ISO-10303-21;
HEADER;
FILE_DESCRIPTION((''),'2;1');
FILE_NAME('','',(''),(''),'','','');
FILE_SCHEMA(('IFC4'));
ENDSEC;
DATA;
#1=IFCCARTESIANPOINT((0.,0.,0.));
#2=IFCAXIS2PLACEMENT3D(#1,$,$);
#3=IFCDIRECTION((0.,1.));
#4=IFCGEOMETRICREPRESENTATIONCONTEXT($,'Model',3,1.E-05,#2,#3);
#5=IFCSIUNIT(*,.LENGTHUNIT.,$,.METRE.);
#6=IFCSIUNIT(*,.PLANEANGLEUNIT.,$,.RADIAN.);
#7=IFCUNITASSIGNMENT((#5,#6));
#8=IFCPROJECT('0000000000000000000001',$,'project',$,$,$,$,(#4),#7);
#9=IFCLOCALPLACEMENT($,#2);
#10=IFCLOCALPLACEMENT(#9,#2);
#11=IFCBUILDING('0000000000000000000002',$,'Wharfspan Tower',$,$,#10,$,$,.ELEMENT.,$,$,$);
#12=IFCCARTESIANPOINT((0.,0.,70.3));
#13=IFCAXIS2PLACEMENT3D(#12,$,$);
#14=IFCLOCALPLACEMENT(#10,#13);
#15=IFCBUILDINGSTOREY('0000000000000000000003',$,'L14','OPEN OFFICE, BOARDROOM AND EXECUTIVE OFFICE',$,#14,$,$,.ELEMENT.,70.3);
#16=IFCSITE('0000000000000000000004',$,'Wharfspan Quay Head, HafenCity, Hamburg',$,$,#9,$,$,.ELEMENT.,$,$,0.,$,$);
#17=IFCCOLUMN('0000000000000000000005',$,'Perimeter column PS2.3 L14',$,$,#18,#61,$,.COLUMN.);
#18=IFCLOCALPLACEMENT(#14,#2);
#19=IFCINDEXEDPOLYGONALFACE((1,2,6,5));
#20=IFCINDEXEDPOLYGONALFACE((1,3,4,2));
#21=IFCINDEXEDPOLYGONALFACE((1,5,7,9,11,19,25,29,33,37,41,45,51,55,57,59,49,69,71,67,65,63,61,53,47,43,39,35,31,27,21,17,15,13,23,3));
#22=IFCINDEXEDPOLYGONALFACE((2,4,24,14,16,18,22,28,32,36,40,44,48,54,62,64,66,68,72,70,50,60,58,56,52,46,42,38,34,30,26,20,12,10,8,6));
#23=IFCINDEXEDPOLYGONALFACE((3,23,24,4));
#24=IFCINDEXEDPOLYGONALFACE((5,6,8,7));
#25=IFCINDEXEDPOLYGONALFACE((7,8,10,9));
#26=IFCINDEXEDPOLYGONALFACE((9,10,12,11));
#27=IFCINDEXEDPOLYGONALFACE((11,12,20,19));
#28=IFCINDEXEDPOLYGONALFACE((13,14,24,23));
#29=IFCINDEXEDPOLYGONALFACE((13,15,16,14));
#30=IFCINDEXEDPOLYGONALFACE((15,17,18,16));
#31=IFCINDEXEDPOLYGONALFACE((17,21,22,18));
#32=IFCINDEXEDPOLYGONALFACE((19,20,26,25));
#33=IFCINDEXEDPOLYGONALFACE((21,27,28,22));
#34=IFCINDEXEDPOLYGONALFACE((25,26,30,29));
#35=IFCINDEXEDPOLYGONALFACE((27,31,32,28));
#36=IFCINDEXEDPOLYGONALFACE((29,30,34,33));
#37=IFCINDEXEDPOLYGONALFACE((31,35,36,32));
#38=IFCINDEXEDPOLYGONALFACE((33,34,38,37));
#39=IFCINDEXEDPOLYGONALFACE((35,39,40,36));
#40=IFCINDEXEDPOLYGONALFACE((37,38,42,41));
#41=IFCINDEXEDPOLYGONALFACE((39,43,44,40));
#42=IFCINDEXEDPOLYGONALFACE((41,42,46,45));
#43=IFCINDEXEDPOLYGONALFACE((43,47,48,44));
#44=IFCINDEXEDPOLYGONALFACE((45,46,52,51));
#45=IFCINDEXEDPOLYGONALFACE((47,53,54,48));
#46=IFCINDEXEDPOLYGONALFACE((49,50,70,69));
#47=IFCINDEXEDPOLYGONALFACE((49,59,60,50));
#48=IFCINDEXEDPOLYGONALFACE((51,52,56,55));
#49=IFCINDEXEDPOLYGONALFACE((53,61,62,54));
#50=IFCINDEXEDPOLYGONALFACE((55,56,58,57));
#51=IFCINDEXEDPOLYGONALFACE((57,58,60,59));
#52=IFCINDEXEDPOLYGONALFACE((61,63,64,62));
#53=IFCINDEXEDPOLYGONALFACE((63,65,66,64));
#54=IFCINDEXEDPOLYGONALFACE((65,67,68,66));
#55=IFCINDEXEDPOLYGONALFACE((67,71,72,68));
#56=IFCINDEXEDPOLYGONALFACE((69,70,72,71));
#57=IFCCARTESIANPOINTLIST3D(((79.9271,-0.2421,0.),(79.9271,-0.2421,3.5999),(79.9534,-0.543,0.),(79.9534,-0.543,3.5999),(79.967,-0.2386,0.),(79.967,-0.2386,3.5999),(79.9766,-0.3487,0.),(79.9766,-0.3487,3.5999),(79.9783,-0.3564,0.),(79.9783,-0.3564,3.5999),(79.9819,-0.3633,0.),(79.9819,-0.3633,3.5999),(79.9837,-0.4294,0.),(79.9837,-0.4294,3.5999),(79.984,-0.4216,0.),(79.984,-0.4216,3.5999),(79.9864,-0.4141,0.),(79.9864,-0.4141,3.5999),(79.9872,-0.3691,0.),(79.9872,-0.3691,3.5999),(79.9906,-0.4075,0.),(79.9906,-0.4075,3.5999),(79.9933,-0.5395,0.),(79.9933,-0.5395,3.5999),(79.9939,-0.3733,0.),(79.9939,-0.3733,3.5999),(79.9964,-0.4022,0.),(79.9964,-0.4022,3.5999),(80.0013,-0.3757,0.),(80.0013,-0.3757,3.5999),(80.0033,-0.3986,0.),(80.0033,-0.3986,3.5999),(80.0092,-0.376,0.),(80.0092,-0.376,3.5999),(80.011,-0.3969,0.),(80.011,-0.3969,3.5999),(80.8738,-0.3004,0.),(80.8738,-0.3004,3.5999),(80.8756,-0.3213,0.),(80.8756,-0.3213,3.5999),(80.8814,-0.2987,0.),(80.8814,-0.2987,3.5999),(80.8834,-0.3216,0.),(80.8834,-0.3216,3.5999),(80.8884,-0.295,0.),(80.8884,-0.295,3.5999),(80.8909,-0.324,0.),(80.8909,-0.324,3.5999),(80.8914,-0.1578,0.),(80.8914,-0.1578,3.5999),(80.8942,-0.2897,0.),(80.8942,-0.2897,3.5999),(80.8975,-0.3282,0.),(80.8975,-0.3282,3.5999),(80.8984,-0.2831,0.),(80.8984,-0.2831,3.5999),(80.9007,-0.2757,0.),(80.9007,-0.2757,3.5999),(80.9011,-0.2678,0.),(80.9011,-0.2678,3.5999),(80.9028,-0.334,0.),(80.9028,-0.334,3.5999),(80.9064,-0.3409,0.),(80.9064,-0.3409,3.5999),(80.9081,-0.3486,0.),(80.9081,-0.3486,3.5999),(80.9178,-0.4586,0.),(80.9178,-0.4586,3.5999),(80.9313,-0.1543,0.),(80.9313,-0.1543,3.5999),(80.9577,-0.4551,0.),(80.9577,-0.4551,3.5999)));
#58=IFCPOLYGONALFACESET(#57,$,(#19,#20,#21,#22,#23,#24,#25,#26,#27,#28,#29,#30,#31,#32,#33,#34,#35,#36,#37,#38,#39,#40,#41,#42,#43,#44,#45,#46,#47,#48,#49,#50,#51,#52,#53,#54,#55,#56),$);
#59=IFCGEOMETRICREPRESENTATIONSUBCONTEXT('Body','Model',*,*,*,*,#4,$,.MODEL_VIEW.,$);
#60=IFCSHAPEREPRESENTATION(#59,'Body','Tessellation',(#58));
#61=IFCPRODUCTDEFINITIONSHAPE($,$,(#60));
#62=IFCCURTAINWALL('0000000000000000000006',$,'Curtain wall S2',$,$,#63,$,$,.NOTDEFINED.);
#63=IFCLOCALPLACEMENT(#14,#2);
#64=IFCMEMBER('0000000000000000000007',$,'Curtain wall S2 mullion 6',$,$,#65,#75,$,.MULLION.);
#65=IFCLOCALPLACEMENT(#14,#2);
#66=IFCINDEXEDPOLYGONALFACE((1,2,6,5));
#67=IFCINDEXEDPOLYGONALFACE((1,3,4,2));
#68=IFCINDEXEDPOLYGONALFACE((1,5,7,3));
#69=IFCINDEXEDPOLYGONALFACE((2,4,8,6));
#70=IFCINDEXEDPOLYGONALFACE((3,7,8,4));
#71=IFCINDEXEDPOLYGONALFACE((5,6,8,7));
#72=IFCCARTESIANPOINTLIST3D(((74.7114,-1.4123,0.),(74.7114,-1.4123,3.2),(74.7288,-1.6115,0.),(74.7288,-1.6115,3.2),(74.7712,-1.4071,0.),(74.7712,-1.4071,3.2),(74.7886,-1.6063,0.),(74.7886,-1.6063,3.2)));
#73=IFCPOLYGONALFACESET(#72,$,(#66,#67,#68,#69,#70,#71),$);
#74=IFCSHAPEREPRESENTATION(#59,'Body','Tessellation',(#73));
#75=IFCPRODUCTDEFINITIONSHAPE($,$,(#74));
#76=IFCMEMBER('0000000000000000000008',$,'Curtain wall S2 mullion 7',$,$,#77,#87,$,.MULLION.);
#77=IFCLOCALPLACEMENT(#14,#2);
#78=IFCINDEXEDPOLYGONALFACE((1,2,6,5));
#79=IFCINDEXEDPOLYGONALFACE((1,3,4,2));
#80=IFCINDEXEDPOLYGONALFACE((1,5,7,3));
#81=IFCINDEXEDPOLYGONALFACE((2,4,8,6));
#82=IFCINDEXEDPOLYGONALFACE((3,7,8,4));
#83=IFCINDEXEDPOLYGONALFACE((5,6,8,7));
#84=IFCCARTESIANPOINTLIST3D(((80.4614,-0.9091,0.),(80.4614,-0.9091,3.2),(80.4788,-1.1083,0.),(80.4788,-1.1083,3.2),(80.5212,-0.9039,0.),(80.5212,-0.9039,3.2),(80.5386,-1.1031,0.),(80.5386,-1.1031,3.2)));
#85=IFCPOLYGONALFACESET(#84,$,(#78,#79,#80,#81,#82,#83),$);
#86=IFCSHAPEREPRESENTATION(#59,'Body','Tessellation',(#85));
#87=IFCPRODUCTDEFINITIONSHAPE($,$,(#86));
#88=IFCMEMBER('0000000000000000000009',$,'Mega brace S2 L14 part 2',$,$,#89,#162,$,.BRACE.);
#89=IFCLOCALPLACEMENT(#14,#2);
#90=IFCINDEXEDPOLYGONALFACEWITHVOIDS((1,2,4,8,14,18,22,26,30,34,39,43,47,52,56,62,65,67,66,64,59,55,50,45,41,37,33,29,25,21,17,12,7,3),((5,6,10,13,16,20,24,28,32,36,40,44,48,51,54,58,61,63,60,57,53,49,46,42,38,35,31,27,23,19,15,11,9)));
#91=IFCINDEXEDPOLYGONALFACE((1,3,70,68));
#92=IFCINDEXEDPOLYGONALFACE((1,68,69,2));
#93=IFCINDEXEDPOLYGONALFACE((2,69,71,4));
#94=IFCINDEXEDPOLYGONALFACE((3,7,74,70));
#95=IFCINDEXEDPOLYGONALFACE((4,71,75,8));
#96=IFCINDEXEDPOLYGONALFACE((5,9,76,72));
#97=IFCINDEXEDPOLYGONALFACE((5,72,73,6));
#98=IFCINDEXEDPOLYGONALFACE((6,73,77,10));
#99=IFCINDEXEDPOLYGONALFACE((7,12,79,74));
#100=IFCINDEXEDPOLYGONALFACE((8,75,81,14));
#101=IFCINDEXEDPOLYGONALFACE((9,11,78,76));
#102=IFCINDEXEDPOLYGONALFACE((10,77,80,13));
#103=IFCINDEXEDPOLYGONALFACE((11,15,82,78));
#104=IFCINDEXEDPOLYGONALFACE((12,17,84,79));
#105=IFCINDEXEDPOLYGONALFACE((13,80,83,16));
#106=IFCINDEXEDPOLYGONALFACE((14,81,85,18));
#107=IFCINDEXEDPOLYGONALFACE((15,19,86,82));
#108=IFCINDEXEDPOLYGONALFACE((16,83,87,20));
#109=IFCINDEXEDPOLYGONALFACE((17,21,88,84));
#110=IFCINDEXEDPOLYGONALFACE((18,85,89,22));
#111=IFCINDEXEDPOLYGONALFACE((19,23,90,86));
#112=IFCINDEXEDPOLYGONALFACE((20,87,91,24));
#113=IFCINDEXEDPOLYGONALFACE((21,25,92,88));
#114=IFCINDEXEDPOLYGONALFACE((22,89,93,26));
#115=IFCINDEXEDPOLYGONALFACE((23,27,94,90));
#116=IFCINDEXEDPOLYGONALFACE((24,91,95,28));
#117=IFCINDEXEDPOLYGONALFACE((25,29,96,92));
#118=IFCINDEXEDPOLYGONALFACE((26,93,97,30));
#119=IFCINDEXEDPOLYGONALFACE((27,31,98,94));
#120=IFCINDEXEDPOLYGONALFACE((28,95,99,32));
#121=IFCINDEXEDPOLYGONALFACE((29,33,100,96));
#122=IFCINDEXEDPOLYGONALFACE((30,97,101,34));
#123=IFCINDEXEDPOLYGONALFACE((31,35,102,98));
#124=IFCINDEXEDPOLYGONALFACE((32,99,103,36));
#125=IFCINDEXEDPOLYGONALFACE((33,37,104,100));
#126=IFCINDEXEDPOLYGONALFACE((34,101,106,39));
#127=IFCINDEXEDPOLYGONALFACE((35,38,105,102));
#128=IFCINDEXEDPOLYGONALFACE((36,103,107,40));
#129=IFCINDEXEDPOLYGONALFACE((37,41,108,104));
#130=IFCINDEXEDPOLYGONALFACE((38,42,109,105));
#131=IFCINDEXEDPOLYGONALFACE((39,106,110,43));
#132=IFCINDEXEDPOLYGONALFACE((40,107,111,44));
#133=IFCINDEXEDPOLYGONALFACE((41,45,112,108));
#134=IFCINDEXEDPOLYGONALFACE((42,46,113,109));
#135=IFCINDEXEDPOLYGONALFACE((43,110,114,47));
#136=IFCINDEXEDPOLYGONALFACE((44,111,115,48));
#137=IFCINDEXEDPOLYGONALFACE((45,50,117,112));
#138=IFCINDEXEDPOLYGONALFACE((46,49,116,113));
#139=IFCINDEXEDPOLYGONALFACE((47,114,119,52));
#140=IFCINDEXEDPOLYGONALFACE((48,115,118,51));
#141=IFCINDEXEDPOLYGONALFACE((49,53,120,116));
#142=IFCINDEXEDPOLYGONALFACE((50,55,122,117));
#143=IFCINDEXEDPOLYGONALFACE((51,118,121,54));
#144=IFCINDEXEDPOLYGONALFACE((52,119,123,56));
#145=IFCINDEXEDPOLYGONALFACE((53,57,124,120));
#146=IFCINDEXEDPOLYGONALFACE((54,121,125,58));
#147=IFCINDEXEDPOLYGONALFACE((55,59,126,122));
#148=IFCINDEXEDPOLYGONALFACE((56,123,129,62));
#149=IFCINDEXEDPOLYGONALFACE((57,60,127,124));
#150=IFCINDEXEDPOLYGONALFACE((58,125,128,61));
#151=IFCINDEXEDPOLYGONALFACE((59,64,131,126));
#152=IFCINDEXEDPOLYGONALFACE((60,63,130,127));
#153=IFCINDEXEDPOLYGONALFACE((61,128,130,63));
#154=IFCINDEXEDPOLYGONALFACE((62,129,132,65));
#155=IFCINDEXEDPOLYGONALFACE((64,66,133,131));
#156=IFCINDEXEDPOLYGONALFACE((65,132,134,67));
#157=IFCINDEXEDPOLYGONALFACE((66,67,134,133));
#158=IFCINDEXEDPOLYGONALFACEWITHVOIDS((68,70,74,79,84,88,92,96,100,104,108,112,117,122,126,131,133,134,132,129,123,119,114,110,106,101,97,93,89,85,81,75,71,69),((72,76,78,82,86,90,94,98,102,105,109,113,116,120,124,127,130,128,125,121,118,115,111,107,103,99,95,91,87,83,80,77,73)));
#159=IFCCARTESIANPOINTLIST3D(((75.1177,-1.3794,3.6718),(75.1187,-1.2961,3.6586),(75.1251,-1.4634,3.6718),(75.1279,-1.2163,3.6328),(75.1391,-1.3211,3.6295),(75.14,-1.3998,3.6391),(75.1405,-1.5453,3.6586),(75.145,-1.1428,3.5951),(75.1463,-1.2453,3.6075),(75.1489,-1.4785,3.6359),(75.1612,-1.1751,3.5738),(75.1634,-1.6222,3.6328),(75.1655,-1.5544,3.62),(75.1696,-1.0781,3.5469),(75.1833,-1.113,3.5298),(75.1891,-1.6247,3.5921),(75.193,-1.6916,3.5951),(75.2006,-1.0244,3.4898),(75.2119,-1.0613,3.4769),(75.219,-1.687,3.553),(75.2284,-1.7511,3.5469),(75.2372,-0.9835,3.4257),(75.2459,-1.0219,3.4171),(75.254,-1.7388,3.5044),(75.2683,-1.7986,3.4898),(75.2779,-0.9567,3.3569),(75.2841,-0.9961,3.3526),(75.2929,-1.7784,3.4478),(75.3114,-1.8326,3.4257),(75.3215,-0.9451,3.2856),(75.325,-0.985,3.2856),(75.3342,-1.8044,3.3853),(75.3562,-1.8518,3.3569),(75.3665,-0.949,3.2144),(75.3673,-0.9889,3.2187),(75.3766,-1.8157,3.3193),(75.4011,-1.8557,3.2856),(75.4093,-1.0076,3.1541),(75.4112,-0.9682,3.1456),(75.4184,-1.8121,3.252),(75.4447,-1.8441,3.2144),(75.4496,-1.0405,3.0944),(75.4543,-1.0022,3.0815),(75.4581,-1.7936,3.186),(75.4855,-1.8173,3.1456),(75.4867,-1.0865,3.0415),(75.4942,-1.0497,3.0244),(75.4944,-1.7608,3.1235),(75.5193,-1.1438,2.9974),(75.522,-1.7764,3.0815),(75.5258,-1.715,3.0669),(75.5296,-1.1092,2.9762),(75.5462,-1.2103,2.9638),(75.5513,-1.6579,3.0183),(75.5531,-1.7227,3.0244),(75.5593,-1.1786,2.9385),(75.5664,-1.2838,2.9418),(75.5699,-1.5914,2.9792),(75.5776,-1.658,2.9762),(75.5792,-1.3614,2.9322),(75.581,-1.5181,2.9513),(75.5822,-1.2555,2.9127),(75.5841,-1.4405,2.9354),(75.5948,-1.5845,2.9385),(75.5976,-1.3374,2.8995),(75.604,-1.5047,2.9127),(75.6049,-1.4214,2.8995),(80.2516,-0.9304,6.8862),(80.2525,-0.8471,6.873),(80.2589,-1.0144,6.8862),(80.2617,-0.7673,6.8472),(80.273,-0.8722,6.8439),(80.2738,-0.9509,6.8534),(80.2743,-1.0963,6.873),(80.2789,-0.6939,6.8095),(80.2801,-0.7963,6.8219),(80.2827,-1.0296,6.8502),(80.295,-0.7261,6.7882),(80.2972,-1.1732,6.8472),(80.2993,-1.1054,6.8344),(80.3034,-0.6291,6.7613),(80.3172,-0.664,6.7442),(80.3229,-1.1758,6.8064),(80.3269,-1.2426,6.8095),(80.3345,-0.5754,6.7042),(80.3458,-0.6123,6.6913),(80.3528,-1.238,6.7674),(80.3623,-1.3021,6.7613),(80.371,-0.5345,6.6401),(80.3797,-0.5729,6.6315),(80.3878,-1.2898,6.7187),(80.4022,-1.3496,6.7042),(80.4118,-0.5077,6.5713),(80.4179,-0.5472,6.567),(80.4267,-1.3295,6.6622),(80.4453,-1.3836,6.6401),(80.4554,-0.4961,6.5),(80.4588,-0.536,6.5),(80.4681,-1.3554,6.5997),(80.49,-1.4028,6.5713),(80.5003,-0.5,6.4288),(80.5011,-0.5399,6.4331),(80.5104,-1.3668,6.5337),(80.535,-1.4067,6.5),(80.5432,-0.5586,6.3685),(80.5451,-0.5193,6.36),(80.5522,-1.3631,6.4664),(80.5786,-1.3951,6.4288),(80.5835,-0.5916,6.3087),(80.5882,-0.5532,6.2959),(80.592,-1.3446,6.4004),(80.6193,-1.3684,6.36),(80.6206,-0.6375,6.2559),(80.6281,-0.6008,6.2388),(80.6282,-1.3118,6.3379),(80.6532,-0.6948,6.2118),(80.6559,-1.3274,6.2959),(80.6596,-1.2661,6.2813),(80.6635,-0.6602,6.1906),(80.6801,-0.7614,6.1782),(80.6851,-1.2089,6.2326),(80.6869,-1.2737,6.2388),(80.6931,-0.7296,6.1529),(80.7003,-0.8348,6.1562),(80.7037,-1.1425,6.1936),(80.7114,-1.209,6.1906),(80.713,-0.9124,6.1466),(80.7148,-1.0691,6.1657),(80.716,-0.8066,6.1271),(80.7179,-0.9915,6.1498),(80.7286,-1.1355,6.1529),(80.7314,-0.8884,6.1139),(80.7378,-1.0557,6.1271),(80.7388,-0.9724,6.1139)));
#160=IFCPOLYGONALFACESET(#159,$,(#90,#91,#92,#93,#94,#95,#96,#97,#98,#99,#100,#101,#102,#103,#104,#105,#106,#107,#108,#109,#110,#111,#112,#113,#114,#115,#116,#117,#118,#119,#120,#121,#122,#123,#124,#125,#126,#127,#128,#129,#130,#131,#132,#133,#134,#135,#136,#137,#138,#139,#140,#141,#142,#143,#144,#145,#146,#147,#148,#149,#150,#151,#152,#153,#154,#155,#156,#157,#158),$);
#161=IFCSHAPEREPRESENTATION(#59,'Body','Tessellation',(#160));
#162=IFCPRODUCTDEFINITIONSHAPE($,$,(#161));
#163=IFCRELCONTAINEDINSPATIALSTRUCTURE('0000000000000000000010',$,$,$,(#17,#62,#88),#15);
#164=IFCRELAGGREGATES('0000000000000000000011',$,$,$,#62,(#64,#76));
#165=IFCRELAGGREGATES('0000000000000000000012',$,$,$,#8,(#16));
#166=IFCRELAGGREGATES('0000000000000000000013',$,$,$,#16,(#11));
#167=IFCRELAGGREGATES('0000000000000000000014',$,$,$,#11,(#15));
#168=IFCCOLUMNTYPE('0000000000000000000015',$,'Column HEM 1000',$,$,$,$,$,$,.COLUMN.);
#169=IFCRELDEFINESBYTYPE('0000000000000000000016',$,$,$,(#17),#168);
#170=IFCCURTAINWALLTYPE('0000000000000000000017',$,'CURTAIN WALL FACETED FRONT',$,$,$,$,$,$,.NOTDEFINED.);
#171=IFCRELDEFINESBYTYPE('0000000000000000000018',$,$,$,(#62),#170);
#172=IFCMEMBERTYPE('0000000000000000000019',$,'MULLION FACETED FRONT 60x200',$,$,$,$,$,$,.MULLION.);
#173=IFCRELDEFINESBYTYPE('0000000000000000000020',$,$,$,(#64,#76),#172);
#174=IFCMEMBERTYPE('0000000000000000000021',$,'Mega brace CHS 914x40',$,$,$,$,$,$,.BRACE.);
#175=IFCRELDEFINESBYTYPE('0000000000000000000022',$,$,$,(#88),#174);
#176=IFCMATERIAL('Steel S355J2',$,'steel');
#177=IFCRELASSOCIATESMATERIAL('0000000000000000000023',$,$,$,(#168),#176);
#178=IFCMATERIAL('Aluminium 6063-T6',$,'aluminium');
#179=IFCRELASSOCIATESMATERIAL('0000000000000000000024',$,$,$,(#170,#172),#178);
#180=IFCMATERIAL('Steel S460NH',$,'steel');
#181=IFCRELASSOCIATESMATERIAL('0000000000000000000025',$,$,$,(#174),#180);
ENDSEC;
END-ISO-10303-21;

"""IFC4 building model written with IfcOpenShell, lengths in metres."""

from ifc_helpers import new_model, si_unit, direction, frame, origin, origin_2d, place, context, subcontext, project, spatial, rectangle, hollow_circle, i_section, extrude, material, material_profile, profile_set, type_object, element, aggregate, save


model = new_model("IFC4")

# Units and contexts
model_context = context("Model", 3, precision=1e-05, world=origin(), true_north=direction((0.0, 1.0)))
body_context = subcontext(model_context, "Body", "Model", "MODEL_VIEW")
ifc_project = project(units=[si_unit("LENGTHUNIT", "METRE"), si_unit("PLANEANGLEUNIT", "RADIAN")], contexts=[model_context])

# Site, building, storey
site_placement = place(None, origin())
site = spatial("IfcSite", under=ifc_project, at=site_placement, Name="Wharfspan Quay Head, HafenCity, Hamburg", CompositionType="ELEMENT", RefElevation=0.0)
building_placement = place(site_placement, origin())
building = spatial("IfcBuilding", under=site, at=building_placement, Name="Wharfspan Tower", CompositionType="ELEMENT")
storey_placement = place(building_placement, frame((0.0, 0.0, 70.3)))
storey = spatial("IfcBuildingStorey", under=building, at=storey_placement, Name="L14", Description="OPEN OFFICE, BOARDROOM AND EXECUTIVE OFFICE", CompositionType="ELEMENT", Elevation=70.3)

# Column
ifc_material_1 = material(Name="Steel S355J2", Category="steel")
ifc_material_profile_1 = material_profile(ifc_material_1, i_section(OverallWidth=0.302, OverallDepth=1.0081, WebThickness=0.021, FlangeThickness=0.04, FilletRadius=0.03, at=origin_2d()))
ifc_profile_set_1 = profile_set([ifc_material_profile_1], Name="Steel S355J2")
column_type = type_object("IfcColumnType", Name="Column HEM 1000", PredefinedType="COLUMN", material=ifc_profile_set_1)
column_placement = place(storey_placement, frame((80.4424, -0.3486, 0.0), z_axis=(0.0, 0.0, 1.0), x_axis=(0.087156, -0.996198, 0.0)))
element("IfcColumn", 1, at=column_placement, inside=storey, type_object=column_type, Name="Perimeter column PS2.3 L14", PredefinedType="COLUMN", context=body_context, shape_type="SweptSolid", body=[
    extrude(i_section(OverallWidth=0.302, OverallDepth=1.0081, WebThickness=0.021, FlangeThickness=0.04, FilletRadius=0.03, at=origin_2d()), origin(), (0.0, 0.0, 1.0), 3.5999),
])

# Curtain wall, members
ifc_material_2 = material(Name="Aluminium 6063-T6", Category="aluminium")
curtain_wall_type = type_object("IfcCurtainWallType", Name="CURTAIN WALL FACETED FRONT", PredefinedType="NOTDEFINED", material=ifc_material_2)
curtain_wall_placement = place(storey_placement, origin())
curtain_wall = element("IfcCurtainWall", 2, at=curtain_wall_placement, inside=storey, type_object=curtain_wall_type, Name="Curtain wall S2", PredefinedType="NOTDEFINED")
ifc_material_profile_2 = material_profile(ifc_material_2, rectangle(XDim=0.2, YDim=0.0601, at=origin_2d()))
ifc_profile_set_2 = profile_set([ifc_material_profile_2], Name="Aluminium 6063-T6")
member_type_1 = type_object("IfcMemberType", Name="MULLION FACETED FRONT 60x200", PredefinedType="MULLION", material=ifc_profile_set_2)
member_1_placement = place(storey_placement, frame((74.75, -1.5093, 0.0), z_axis=(0.0, 0.0, 1.0), x_axis=(-0.087156, 0.996197, 0.0)))
member_1 = element("IfcMember", 3, at=member_1_placement, type_object=member_type_1, Name="Curtain wall S2 mullion 6", PredefinedType="MULLION", context=body_context, shape_type="SweptSolid", body=[
    extrude(rectangle(XDim=0.2, YDim=0.0601, at=origin_2d()), origin(), (0.0, 0.0, 1.0), 3.2),
])
member_2_placement = place(storey_placement, frame((80.5, -1.0061, 0.0), z_axis=(0.0, 0.0, 1.0), x_axis=(-0.087156, 0.996197, 0.0)))
member_2 = element("IfcMember", 4, at=member_2_placement, type_object=member_type_1, Name="Curtain wall S2 mullion 7", PredefinedType="MULLION", context=body_context, shape_type="SweptSolid", body=[
    extrude(rectangle(XDim=0.2, YDim=0.0601, at=origin_2d()), origin(), (0.0, 0.0, 1.0), 3.2),
])

# Member
ifc_material_3 = material(Name="Steel S460NH", Category="steel")
ifc_material_profile_3 = material_profile(ifc_material_3, hollow_circle(Radius=0.457, WallThickness=0.04, at=origin_2d()))
ifc_profile_set_3 = profile_set([ifc_material_profile_3], Name="Steel S460NH")
member_type_2 = type_object("IfcMemberType", Name="Mega brace CHS 914x40", PredefinedType="BRACE", material=ifc_profile_set_3)
member_3_placement = place(storey_placement, frame((75.3613, -1.4004, 3.2856), z_axis=(0.845253, 0.073921, 0.529228), x_axis=(-0.08712, 0.996199, -0.000003)))
element("IfcMember", 5, at=member_3_placement, inside=storey, type_object=member_type_2, Name="Mega brace S2 L14 part 2", PredefinedType="BRACE", context=body_context, shape_type="SweptSolid", body=[
    extrude(hollow_circle(Radius=0.457, WallThickness=0.04, at=origin_2d()), origin(), (0.0, 0.0, 1.0), 6.0737),
])

aggregate(curtain_wall, [member_1, member_2])

save(model, "model.ifc")
